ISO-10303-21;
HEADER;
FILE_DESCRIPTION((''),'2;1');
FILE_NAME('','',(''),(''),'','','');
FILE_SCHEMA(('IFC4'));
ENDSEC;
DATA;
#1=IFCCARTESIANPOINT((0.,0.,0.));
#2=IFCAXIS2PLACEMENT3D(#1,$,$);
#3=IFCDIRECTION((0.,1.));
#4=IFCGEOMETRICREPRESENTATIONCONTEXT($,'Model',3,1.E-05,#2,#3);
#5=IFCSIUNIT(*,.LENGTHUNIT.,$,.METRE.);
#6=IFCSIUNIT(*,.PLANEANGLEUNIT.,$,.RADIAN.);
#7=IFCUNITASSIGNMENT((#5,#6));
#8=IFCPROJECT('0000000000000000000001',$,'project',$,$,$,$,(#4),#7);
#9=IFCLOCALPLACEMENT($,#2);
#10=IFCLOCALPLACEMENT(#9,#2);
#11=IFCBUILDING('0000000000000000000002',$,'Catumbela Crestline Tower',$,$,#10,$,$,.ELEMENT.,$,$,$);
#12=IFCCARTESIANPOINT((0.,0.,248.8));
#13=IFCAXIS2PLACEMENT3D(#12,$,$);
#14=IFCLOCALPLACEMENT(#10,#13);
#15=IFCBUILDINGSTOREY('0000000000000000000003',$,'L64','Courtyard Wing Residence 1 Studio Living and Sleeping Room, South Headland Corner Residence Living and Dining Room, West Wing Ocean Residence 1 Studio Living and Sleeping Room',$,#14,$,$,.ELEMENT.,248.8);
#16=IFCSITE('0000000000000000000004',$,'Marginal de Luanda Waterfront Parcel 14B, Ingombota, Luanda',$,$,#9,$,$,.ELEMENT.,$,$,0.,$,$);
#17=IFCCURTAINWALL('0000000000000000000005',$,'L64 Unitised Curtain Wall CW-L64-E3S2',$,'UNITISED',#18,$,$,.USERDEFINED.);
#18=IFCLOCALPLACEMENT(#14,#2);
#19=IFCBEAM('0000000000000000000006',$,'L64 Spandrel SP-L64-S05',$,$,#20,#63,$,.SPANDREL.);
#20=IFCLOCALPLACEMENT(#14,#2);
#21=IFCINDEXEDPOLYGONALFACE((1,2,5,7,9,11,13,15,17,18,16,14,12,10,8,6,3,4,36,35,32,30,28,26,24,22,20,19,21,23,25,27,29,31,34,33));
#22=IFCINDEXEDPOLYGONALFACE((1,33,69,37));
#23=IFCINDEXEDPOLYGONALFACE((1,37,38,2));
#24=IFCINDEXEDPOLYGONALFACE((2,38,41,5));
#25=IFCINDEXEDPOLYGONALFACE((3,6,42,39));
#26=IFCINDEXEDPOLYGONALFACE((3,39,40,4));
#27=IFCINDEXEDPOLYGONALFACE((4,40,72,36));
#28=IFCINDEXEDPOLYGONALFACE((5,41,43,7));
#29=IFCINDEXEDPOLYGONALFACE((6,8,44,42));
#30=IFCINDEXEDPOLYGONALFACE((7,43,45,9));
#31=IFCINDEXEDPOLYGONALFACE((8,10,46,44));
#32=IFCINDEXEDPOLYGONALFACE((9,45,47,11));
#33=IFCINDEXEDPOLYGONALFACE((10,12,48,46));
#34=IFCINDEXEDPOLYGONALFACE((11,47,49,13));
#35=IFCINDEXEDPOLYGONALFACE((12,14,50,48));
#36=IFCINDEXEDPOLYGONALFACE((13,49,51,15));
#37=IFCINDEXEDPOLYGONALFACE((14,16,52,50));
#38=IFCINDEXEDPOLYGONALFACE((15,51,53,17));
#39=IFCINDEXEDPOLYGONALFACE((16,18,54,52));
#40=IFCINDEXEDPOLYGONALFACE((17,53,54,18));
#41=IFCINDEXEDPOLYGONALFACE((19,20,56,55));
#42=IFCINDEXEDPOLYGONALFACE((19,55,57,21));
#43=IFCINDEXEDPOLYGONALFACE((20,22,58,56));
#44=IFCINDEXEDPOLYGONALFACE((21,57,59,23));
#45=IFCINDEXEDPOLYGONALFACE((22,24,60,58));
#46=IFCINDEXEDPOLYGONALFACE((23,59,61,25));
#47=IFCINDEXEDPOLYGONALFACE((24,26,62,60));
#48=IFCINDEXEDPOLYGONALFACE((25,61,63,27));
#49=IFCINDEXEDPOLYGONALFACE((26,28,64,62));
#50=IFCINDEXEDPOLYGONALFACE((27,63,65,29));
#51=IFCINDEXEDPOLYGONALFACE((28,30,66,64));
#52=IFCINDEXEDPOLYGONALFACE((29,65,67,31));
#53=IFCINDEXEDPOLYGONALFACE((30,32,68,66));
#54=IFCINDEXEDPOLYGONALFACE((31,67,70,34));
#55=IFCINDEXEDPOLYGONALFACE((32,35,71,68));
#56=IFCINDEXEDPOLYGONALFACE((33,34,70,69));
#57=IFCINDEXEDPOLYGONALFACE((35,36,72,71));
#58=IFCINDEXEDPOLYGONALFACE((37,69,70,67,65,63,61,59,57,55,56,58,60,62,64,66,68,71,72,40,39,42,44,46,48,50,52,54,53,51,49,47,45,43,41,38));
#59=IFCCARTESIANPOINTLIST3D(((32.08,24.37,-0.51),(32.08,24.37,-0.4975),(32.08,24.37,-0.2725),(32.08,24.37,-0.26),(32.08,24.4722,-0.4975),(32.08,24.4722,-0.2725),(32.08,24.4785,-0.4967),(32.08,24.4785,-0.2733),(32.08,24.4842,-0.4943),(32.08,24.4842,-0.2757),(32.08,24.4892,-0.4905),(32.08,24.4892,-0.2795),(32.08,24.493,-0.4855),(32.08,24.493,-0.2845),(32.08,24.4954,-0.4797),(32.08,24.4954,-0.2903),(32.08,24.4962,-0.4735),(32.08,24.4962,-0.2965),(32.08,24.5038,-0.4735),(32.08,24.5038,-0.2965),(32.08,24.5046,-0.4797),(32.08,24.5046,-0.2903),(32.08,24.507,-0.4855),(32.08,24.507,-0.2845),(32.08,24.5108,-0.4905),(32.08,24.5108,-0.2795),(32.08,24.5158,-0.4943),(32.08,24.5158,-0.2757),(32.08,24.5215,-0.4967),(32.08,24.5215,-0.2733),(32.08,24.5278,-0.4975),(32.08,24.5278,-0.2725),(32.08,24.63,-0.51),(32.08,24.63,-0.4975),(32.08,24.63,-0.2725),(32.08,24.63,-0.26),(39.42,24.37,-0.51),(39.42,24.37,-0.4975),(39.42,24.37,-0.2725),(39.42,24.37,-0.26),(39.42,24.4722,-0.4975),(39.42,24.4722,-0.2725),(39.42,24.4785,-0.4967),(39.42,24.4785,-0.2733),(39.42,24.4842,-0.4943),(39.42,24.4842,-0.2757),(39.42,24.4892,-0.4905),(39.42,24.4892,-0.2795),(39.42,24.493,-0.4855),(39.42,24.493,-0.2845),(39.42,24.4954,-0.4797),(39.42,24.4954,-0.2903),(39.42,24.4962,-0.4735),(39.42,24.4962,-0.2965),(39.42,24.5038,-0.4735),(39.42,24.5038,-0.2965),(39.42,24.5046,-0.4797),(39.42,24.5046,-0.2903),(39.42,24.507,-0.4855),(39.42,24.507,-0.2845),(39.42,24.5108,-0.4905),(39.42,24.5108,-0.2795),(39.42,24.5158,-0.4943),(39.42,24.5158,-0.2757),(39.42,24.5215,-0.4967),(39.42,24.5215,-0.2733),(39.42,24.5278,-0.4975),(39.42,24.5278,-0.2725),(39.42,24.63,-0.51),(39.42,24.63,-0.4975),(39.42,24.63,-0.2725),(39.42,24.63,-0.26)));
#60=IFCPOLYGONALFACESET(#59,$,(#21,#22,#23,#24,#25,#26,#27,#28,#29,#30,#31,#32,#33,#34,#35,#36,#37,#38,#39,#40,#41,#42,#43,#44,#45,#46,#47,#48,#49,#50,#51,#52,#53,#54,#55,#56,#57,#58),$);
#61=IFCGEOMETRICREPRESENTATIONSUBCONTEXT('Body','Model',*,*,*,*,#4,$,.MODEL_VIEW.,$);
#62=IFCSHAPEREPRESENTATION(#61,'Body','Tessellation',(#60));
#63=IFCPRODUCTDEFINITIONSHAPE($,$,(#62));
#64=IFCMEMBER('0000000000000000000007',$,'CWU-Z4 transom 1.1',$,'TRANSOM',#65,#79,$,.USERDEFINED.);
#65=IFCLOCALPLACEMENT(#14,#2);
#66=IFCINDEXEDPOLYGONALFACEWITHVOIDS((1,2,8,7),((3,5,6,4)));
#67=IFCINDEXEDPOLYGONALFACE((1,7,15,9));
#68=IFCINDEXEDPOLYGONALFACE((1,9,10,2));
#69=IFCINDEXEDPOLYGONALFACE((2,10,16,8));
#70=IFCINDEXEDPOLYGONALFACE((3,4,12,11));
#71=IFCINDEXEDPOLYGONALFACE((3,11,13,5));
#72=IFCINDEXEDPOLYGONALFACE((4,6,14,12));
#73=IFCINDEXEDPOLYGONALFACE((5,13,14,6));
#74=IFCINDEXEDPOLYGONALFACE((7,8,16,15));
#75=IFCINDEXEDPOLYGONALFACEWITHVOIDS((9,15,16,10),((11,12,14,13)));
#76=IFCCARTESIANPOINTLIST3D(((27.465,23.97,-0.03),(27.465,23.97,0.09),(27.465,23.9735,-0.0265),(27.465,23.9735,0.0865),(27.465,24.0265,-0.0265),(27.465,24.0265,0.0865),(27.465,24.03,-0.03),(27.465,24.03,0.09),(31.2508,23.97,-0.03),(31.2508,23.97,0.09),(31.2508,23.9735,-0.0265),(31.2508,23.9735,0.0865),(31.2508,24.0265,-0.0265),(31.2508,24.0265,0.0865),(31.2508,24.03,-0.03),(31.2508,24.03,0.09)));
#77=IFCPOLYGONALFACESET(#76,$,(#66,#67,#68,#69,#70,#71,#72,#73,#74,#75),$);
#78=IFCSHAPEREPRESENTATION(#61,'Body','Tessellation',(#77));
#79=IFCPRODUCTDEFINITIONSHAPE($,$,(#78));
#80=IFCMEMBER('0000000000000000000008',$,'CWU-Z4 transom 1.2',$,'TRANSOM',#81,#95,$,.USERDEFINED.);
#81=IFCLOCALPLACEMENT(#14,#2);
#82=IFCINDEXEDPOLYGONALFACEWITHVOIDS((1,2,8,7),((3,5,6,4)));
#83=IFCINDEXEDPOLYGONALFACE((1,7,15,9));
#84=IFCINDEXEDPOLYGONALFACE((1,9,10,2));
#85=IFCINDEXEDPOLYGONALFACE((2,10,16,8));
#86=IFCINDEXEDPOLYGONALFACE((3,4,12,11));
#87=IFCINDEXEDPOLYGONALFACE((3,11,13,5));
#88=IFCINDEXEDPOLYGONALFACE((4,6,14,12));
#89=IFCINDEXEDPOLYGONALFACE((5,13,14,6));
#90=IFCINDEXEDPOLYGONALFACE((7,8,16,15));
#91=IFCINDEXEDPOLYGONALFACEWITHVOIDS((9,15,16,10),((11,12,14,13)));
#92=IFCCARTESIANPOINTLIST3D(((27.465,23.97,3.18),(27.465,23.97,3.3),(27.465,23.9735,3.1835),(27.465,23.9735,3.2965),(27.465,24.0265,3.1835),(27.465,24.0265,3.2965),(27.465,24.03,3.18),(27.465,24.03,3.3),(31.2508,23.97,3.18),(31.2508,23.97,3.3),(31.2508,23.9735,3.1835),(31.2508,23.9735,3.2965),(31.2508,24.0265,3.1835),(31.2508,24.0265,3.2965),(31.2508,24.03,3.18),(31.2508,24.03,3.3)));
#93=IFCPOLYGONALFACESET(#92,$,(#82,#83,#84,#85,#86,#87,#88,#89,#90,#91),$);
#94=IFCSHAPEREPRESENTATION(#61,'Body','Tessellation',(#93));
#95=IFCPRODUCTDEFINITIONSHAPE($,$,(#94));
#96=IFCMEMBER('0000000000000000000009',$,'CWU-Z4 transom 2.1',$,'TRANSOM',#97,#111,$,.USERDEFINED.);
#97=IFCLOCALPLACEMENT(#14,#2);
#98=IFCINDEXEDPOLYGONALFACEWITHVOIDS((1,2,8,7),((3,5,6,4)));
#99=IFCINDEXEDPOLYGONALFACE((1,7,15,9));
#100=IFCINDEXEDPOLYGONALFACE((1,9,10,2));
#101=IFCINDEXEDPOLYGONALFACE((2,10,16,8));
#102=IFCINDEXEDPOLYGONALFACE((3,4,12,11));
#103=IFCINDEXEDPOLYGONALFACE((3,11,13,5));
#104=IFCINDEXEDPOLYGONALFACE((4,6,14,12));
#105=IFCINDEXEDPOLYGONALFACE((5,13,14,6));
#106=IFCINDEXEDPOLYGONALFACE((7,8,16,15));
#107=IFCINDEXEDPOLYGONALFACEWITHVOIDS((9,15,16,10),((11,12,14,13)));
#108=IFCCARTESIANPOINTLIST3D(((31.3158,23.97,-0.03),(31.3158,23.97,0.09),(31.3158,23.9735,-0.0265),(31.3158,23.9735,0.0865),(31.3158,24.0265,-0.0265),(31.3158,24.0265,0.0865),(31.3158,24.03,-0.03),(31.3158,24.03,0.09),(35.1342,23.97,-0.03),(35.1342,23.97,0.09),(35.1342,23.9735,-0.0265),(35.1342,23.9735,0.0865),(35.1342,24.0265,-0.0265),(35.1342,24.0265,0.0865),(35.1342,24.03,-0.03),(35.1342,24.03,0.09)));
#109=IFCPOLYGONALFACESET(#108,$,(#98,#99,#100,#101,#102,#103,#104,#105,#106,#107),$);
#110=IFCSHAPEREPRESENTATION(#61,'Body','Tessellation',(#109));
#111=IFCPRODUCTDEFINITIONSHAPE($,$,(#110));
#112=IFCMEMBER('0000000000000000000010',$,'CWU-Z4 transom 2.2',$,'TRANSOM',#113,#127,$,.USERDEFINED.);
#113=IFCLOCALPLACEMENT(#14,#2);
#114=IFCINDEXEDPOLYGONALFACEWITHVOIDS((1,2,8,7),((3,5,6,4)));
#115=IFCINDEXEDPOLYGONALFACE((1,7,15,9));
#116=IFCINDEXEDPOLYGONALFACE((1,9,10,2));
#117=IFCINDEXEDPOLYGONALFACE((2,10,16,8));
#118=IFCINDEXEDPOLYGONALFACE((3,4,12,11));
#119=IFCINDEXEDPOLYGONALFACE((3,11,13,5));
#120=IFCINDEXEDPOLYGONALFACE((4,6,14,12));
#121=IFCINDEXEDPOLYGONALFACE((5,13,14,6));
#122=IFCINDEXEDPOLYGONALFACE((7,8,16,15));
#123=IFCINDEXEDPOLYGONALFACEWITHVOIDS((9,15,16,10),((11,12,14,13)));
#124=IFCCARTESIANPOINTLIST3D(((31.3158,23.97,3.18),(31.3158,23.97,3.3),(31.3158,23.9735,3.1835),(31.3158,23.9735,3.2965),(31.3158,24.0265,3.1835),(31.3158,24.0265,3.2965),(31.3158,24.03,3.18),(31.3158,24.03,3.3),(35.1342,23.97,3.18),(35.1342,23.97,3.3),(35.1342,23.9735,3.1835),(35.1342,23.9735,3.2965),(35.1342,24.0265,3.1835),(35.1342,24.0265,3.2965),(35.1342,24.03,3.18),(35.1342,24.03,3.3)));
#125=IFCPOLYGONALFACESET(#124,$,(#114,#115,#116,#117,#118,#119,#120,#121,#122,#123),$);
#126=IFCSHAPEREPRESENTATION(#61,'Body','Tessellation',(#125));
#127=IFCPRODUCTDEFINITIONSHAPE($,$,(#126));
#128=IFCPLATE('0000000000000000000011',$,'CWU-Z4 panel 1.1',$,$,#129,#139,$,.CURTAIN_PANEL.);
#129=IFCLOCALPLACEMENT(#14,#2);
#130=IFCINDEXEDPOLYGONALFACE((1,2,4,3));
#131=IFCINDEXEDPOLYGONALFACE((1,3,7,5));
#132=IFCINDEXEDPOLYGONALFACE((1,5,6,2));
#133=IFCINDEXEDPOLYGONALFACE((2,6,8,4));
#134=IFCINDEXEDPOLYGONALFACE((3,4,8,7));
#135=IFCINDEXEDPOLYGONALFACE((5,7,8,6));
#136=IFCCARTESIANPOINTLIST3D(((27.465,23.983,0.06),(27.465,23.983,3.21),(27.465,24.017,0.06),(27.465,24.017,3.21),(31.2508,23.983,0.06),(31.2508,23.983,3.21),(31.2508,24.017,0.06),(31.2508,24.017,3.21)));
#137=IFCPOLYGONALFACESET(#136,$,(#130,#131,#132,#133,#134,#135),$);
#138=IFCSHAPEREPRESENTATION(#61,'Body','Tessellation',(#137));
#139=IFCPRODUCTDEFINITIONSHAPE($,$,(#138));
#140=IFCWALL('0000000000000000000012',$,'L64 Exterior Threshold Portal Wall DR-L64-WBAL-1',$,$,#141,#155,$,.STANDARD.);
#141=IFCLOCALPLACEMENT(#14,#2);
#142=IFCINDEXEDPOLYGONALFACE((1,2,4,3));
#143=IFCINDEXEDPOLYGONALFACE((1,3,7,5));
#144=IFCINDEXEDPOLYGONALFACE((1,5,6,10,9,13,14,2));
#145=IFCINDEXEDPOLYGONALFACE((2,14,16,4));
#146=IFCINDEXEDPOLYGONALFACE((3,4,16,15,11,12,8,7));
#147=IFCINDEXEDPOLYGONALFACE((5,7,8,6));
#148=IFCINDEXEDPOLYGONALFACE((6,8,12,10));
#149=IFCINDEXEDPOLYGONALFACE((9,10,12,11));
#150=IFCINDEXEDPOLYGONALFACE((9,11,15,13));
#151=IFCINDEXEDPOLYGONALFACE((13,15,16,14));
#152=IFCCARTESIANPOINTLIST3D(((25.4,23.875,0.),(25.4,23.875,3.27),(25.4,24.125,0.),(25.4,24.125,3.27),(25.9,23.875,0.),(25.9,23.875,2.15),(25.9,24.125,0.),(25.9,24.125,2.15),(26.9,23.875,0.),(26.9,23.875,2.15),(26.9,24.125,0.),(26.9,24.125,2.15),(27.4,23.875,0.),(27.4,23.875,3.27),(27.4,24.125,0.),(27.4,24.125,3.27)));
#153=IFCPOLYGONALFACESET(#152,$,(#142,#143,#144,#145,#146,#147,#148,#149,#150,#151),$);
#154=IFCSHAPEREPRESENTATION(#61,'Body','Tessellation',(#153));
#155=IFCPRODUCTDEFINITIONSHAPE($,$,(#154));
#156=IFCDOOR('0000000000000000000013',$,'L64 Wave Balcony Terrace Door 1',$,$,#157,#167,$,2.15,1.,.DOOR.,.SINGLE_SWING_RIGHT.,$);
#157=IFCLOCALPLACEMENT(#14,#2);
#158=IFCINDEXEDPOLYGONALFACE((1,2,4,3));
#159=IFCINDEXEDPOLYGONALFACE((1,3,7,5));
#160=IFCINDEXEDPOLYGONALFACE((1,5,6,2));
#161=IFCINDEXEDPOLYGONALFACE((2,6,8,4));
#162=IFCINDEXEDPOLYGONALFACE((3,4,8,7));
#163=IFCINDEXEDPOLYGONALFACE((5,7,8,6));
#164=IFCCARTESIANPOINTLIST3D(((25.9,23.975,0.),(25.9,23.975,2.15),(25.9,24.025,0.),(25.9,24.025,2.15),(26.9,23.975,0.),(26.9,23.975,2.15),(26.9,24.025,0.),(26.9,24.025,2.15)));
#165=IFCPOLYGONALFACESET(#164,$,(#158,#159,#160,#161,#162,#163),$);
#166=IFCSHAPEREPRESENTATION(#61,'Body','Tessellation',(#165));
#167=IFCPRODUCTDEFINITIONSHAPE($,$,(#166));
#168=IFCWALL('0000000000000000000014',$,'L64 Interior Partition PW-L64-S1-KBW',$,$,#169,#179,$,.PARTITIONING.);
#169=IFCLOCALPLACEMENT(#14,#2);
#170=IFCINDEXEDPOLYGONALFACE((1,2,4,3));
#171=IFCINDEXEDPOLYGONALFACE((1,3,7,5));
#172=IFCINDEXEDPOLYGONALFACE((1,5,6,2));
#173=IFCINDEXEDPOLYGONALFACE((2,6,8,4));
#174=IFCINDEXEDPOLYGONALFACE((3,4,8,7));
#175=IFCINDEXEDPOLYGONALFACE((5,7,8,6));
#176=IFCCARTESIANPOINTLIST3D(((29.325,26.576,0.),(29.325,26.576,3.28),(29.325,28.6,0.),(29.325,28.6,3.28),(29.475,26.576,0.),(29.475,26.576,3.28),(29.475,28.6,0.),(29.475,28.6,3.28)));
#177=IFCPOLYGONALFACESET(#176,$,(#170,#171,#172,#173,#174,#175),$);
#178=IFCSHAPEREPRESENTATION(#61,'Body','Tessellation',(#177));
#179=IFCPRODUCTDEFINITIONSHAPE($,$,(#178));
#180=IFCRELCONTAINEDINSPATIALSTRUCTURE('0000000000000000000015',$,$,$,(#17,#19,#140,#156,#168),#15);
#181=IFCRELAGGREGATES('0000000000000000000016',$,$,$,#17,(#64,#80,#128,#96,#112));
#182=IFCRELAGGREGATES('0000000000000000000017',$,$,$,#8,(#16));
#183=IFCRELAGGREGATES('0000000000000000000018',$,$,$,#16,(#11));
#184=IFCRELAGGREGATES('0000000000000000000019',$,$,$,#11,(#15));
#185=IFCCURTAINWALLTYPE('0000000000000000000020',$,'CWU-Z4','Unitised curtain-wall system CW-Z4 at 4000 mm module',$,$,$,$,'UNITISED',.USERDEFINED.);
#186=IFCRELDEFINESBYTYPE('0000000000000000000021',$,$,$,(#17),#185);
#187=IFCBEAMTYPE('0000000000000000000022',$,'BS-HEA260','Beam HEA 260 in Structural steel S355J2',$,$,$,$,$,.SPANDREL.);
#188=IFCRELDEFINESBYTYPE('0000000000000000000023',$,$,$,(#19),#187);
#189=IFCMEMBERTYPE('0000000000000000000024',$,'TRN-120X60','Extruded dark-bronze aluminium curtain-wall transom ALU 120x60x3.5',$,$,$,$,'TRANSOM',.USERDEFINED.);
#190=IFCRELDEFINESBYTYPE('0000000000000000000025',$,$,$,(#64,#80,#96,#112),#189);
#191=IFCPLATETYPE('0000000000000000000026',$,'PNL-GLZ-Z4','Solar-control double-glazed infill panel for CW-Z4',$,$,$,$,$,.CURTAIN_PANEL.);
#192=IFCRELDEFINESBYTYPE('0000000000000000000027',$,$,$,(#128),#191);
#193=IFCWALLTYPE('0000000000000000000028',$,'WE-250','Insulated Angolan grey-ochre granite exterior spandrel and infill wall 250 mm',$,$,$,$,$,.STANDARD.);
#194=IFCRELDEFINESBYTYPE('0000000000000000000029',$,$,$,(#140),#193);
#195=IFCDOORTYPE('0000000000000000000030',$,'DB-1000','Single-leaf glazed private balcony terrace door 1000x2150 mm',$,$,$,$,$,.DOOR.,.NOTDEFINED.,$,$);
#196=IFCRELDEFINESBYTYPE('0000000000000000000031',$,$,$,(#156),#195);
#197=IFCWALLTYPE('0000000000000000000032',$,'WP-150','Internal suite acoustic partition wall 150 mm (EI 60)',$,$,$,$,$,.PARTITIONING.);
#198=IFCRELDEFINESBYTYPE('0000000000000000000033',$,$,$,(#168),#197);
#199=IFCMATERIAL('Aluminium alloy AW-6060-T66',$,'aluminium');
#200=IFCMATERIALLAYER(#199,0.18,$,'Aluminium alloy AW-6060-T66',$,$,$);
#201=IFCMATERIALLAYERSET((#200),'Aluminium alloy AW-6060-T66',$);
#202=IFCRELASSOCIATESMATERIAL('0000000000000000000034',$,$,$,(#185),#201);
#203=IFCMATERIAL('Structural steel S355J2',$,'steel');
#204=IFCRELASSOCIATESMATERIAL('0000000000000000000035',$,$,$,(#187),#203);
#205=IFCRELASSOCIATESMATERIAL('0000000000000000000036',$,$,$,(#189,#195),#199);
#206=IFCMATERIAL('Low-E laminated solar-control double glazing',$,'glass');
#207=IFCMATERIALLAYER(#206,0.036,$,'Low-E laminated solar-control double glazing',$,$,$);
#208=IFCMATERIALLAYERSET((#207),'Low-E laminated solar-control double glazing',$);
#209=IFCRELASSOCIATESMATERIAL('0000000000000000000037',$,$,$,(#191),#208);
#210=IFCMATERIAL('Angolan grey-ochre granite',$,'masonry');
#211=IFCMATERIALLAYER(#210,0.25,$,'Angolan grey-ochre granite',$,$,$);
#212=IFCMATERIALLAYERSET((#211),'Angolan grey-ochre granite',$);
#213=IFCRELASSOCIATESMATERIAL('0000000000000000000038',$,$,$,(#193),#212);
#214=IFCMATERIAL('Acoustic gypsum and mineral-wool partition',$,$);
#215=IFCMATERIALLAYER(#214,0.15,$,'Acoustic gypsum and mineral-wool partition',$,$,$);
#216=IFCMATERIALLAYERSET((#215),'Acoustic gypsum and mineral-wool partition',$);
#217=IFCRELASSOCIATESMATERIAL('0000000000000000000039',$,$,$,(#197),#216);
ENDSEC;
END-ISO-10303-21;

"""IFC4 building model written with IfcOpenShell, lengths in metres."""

from ifc_helpers import new_model, si_unit, direction, frame, frame_2d, origin, origin_2d, place, context, subcontext, project, spatial, rectangle, hollow_rectangle, i_section, extrude, material, layer, layer_set, material_profile, profile_set, type_object, element, fill, aggregate, save


model = new_model("IFC4")

# Units and contexts
model_context = context("Model", 3, precision=1e-05, world=origin(), true_north=direction((0.0, 1.0)))
body_context = subcontext(model_context, "Body", "Model", "MODEL_VIEW")
ifc_project = project(units=[si_unit("LENGTHUNIT", "METRE"), si_unit("PLANEANGLEUNIT", "RADIAN")], contexts=[model_context])

# Site, building, storey
site_placement = place(None, origin())
site = spatial("IfcSite", under=ifc_project, at=site_placement, Name="Marginal de Luanda Waterfront Parcel 14B, Ingombota, Luanda", CompositionType="ELEMENT", RefElevation=0.0)
building_placement = place(site_placement, origin())
building = spatial("IfcBuilding", under=site, at=building_placement, Name="Catumbela Crestline Tower", CompositionType="ELEMENT")
storey_placement = place(building_placement, frame((0.0, 0.0, 248.8)))
storey = spatial("IfcBuildingStorey", under=building, at=storey_placement, Name="L64", Description="Courtyard Wing Residence 1 Studio Living and Sleeping Room, South Headland Corner Residence Living and Dining Room, West Wing Ocean Residence 1 Studio Living and Sleeping Room", CompositionType="ELEMENT", Elevation=248.8)

# Shared definitions
ifc_material_1 = material(Name="Structural steel S355J2", Category="steel")

# Curtain wall
ifc_material_2 = material(Name="Aluminium alloy AW-6060-T66", Category="aluminium")
ifc_layer_1 = layer(ifc_material_2, 0.18, Name="Aluminium alloy AW-6060-T66")
ifc_layer_set_1 = layer_set([ifc_layer_1], Name="Aluminium alloy AW-6060-T66")
curtain_wall_type = type_object("IfcCurtainWallType", Name="CWU-Z4", Description="Unitised curtain-wall system CW-Z4 at 4000 mm module", ElementType="UNITISED", PredefinedType="USERDEFINED", material=ifc_layer_set_1)
curtain_wall_placement = place(storey_placement, origin())
curtain_wall = element("IfcCurtainWall", 1, at=curtain_wall_placement, inside=storey, type_object=curtain_wall_type, Name="L64 Unitised Curtain Wall CW-L64-E3S2", ObjectType="UNITISED", PredefinedType="USERDEFINED")

# Beam
ifc_material_profile_1 = material_profile(ifc_material_1, i_section(OverallWidth=0.26, OverallDepth=0.25, WebThickness=0.0075, FlangeThickness=0.0125, FilletRadius=0.024, at=origin_2d()), Name="HEA 260")
ifc_profile_set_1 = profile_set([ifc_material_profile_1], Name="Structural steel S355J2")
beam_type_1 = type_object("IfcBeamType", Name="BS-HEA260", Description="Beam HEA 260 in Structural steel S355J2", PredefinedType="SPANDREL", material=ifc_profile_set_1)
beam_1_placement = place(storey_placement, frame((32.08, 24.5, -0.385), z_axis=(1.0, 0.0, 0.0), x_axis=(0.0, 1.0, 0.0)))
element("IfcBeam", 2, at=beam_1_placement, inside=storey, type_object=beam_type_1, Name="L64 Spandrel SP-L64-S05", PredefinedType="SPANDREL", context=body_context, shape_type="SweptSolid", body=[
    extrude(i_section(OverallWidth=0.26, OverallDepth=0.25, WebThickness=0.0075, FlangeThickness=0.0125, FilletRadius=0.024, at=origin_2d()), origin(), (0.0, 0.0, 1.0), 7.34),
])

# Members
ifc_material_profile_2 = material_profile(ifc_material_2, hollow_rectangle(XDim=0.06, YDim=0.12, WallThickness=0.0035, at=origin_2d()), Name="ALU 120x60x3.5")
ifc_profile_set_2 = profile_set([ifc_material_profile_2], Name="Aluminium alloy AW-6060-T66")
member_type_1 = type_object("IfcMemberType", Name="TRN-120X60", Description="Extruded dark-bronze aluminium curtain-wall transom ALU 120x60x3.5", ElementType="TRANSOM", PredefinedType="USERDEFINED", material=ifc_profile_set_2)
member_1_placement = place(storey_placement, frame((27.465, 24.0, 0.03), z_axis=(1.0, 0.0, 0.0), x_axis=(0.0, 1.0, 0.0)))
member_1 = element("IfcMember", 3, at=member_1_placement, type_object=member_type_1, Name="CWU-Z4 transom 1.1", ObjectType="TRANSOM", PredefinedType="USERDEFINED", context=body_context, shape_type="SweptSolid", body=[
    extrude(hollow_rectangle(XDim=0.06, YDim=0.12, WallThickness=0.0035, at=origin_2d()), origin(), (0.0, 0.0, 1.0), 3.7858),
])
member_2_placement = place(storey_placement, frame((27.465, 24.0, 3.24), z_axis=(1.0, 0.0, 0.0), x_axis=(0.0, 1.0, 0.0)))
member_2 = element("IfcMember", 4, at=member_2_placement, type_object=member_type_1, Name="CWU-Z4 transom 1.2", ObjectType="TRANSOM", PredefinedType="USERDEFINED", context=body_context, shape_type="SweptSolid", body=[
    extrude(hollow_rectangle(XDim=0.06, YDim=0.12, WallThickness=0.0035, at=origin_2d()), origin(), (0.0, 0.0, 1.0), 3.7858),
])
member_3_placement = place(storey_placement, frame((31.3158, 24.0, 0.03), z_axis=(1.0, 0.0, 0.0), x_axis=(0.0, 1.0, 0.0)))
member_3 = element("IfcMember", 5, at=member_3_placement, type_object=member_type_1, Name="CWU-Z4 transom 2.1", ObjectType="TRANSOM", PredefinedType="USERDEFINED", context=body_context, shape_type="SweptSolid", body=[
    extrude(hollow_rectangle(XDim=0.06, YDim=0.12, WallThickness=0.0035, at=origin_2d()), origin(), (0.0, 0.0, 1.0), 3.8184),
])
member_4_placement = place(storey_placement, frame((31.3158, 24.0, 3.24), z_axis=(1.0, 0.0, 0.0), x_axis=(0.0, 1.0, 0.0)))
member_4 = element("IfcMember", 6, at=member_4_placement, type_object=member_type_1, Name="CWU-Z4 transom 2.2", ObjectType="TRANSOM", PredefinedType="USERDEFINED", context=body_context, shape_type="SweptSolid", body=[
    extrude(hollow_rectangle(XDim=0.06, YDim=0.12, WallThickness=0.0035, at=origin_2d()), origin(), (0.0, 0.0, 1.0), 3.8184),
])

# Plate
ifc_material_3 = material(Name="Low-E laminated solar-control double glazing", Category="glass")
ifc_layer_2 = layer(ifc_material_3, 0.036, Name="Low-E laminated solar-control double glazing")
ifc_layer_set_2 = layer_set([ifc_layer_2], Name="Low-E laminated solar-control double glazing")
plate_type = type_object("IfcPlateType", Name="PNL-GLZ-Z4", Description="Solar-control double-glazed infill panel for CW-Z4", PredefinedType="CURTAIN_PANEL", material=ifc_layer_set_2)
plate_placement = place(storey_placement, frame((29.3579, 24.0, 0.06), z_axis=(0.0, 0.0, 1.0), x_axis=(1.0, 0.0, 0.0)))
plate = element("IfcPlate", 7, at=plate_placement, type_object=plate_type, Name="CWU-Z4 panel 1.1", PredefinedType="CURTAIN_PANEL", context=body_context, shape_type="SweptSolid", body=[
    extrude(rectangle(XDim=3.7858, YDim=0.034, at=origin_2d()), origin(), (0.0, 0.0, 1.0), 3.15),
])
aggregate(curtain_wall, [member_1, member_2, plate, member_3, member_4])

# Wall, opening, door
ifc_material_4 = material(Name="Angolan grey-ochre granite", Category="masonry")
ifc_layer_3 = layer(ifc_material_4, 0.25, Name="Angolan grey-ochre granite")
ifc_layer_set_3 = layer_set([ifc_layer_3], Name="Angolan grey-ochre granite")
wall_type_1 = type_object("IfcWallType", Name="WE-250", Description="Insulated Angolan grey-ochre granite exterior spandrel and infill wall 250 mm", PredefinedType="STANDARD", material=ifc_layer_set_3)
wall_1_placement = place(storey_placement, frame((25.4, 24.0, 0.0), z_axis=(0.0, 0.0, 1.0), x_axis=(1.0, 0.0, 0.0)))
wall_1 = element("IfcWall", 8, at=wall_1_placement, inside=storey, type_object=wall_type_1, Name="L64 Exterior Threshold Portal Wall DR-L64-WBAL-1", PredefinedType="STANDARD", context=body_context, shape_type="SweptSolid", body=[
    extrude(rectangle(XDim=2.0, YDim=0.25, at=frame_2d((1.0, 0.0))), origin(), (0.0, 0.0, 1.0), 3.27),
])
opening_1_placement = place(wall_1_placement, frame((0.5, 0.0, 0.0)))
opening_1 = element("IfcOpeningElement", 9, at=opening_1_placement, cuts=wall_1, PredefinedType="OPENING", context=body_context, shape_type="SweptSolid", body=[
    extrude(rectangle(XDim=1.0, YDim=2.15, at=frame_2d((0.5, 1.075))), frame((0.0, 0.135, 0.0), z_axis=(0.0, -1.0, 0.0), x_axis=(1.0, 0.0, 0.0)), (0.0, 0.0, 1.0), 0.27),
])
door_type_1 = type_object("IfcDoorType", Name="DB-1000", Description="Single-leaf glazed private balcony terrace door 1000x2150 mm", OperationType="NOTDEFINED", PredefinedType="DOOR", material=ifc_material_2)
door_1_placement = place(opening_1_placement, origin())
door_1 = element("IfcDoor", 10, at=door_1_placement, inside=storey, type_object=door_type_1, Name="L64 Wave Balcony Terrace Door 1", OperationType="SINGLE_SWING_RIGHT", OverallHeight=2.15, OverallWidth=1.0, PredefinedType="DOOR", context=body_context, shape_type="SweptSolid", body=[
    extrude(rectangle(XDim=1.0, YDim=2.15, at=frame_2d((0.5, 1.075))), frame((0.0, 0.025, 0.0), z_axis=(0.0, -1.0, 0.0), x_axis=(1.0, 0.0, 0.0)), (0.0, 0.0, 1.0), 0.05),
])
fill(opening_1, door_1)

# Wall
ifc_material_5 = material(Name="Acoustic gypsum and mineral-wool partition")
ifc_layer_4 = layer(ifc_material_5, 0.15, Name="Acoustic gypsum and mineral-wool partition")
ifc_layer_set_4 = layer_set([ifc_layer_4], Name="Acoustic gypsum and mineral-wool partition")
wall_type_2 = type_object("IfcWallType", Name="WP-150", Description="Internal suite acoustic partition wall 150 mm (EI 60)", PredefinedType="PARTITIONING", material=ifc_layer_set_4)
wall_2_placement = place(storey_placement, frame((29.4, 26.576, 0.0), z_axis=(0.0, 0.0, 1.0), x_axis=(0.0, 1.0, 0.0)))
element("IfcWall", 11, at=wall_2_placement, inside=storey, type_object=wall_type_2, Name="L64 Interior Partition PW-L64-S1-KBW", PredefinedType="PARTITIONING", context=body_context, shape_type="SweptSolid", body=[
    extrude(rectangle(XDim=2.024, YDim=0.15, at=frame_2d((1.012, 0.0))), origin(), (0.0, 0.0, 1.0), 3.28),
])

save(model, "model.ifc")
